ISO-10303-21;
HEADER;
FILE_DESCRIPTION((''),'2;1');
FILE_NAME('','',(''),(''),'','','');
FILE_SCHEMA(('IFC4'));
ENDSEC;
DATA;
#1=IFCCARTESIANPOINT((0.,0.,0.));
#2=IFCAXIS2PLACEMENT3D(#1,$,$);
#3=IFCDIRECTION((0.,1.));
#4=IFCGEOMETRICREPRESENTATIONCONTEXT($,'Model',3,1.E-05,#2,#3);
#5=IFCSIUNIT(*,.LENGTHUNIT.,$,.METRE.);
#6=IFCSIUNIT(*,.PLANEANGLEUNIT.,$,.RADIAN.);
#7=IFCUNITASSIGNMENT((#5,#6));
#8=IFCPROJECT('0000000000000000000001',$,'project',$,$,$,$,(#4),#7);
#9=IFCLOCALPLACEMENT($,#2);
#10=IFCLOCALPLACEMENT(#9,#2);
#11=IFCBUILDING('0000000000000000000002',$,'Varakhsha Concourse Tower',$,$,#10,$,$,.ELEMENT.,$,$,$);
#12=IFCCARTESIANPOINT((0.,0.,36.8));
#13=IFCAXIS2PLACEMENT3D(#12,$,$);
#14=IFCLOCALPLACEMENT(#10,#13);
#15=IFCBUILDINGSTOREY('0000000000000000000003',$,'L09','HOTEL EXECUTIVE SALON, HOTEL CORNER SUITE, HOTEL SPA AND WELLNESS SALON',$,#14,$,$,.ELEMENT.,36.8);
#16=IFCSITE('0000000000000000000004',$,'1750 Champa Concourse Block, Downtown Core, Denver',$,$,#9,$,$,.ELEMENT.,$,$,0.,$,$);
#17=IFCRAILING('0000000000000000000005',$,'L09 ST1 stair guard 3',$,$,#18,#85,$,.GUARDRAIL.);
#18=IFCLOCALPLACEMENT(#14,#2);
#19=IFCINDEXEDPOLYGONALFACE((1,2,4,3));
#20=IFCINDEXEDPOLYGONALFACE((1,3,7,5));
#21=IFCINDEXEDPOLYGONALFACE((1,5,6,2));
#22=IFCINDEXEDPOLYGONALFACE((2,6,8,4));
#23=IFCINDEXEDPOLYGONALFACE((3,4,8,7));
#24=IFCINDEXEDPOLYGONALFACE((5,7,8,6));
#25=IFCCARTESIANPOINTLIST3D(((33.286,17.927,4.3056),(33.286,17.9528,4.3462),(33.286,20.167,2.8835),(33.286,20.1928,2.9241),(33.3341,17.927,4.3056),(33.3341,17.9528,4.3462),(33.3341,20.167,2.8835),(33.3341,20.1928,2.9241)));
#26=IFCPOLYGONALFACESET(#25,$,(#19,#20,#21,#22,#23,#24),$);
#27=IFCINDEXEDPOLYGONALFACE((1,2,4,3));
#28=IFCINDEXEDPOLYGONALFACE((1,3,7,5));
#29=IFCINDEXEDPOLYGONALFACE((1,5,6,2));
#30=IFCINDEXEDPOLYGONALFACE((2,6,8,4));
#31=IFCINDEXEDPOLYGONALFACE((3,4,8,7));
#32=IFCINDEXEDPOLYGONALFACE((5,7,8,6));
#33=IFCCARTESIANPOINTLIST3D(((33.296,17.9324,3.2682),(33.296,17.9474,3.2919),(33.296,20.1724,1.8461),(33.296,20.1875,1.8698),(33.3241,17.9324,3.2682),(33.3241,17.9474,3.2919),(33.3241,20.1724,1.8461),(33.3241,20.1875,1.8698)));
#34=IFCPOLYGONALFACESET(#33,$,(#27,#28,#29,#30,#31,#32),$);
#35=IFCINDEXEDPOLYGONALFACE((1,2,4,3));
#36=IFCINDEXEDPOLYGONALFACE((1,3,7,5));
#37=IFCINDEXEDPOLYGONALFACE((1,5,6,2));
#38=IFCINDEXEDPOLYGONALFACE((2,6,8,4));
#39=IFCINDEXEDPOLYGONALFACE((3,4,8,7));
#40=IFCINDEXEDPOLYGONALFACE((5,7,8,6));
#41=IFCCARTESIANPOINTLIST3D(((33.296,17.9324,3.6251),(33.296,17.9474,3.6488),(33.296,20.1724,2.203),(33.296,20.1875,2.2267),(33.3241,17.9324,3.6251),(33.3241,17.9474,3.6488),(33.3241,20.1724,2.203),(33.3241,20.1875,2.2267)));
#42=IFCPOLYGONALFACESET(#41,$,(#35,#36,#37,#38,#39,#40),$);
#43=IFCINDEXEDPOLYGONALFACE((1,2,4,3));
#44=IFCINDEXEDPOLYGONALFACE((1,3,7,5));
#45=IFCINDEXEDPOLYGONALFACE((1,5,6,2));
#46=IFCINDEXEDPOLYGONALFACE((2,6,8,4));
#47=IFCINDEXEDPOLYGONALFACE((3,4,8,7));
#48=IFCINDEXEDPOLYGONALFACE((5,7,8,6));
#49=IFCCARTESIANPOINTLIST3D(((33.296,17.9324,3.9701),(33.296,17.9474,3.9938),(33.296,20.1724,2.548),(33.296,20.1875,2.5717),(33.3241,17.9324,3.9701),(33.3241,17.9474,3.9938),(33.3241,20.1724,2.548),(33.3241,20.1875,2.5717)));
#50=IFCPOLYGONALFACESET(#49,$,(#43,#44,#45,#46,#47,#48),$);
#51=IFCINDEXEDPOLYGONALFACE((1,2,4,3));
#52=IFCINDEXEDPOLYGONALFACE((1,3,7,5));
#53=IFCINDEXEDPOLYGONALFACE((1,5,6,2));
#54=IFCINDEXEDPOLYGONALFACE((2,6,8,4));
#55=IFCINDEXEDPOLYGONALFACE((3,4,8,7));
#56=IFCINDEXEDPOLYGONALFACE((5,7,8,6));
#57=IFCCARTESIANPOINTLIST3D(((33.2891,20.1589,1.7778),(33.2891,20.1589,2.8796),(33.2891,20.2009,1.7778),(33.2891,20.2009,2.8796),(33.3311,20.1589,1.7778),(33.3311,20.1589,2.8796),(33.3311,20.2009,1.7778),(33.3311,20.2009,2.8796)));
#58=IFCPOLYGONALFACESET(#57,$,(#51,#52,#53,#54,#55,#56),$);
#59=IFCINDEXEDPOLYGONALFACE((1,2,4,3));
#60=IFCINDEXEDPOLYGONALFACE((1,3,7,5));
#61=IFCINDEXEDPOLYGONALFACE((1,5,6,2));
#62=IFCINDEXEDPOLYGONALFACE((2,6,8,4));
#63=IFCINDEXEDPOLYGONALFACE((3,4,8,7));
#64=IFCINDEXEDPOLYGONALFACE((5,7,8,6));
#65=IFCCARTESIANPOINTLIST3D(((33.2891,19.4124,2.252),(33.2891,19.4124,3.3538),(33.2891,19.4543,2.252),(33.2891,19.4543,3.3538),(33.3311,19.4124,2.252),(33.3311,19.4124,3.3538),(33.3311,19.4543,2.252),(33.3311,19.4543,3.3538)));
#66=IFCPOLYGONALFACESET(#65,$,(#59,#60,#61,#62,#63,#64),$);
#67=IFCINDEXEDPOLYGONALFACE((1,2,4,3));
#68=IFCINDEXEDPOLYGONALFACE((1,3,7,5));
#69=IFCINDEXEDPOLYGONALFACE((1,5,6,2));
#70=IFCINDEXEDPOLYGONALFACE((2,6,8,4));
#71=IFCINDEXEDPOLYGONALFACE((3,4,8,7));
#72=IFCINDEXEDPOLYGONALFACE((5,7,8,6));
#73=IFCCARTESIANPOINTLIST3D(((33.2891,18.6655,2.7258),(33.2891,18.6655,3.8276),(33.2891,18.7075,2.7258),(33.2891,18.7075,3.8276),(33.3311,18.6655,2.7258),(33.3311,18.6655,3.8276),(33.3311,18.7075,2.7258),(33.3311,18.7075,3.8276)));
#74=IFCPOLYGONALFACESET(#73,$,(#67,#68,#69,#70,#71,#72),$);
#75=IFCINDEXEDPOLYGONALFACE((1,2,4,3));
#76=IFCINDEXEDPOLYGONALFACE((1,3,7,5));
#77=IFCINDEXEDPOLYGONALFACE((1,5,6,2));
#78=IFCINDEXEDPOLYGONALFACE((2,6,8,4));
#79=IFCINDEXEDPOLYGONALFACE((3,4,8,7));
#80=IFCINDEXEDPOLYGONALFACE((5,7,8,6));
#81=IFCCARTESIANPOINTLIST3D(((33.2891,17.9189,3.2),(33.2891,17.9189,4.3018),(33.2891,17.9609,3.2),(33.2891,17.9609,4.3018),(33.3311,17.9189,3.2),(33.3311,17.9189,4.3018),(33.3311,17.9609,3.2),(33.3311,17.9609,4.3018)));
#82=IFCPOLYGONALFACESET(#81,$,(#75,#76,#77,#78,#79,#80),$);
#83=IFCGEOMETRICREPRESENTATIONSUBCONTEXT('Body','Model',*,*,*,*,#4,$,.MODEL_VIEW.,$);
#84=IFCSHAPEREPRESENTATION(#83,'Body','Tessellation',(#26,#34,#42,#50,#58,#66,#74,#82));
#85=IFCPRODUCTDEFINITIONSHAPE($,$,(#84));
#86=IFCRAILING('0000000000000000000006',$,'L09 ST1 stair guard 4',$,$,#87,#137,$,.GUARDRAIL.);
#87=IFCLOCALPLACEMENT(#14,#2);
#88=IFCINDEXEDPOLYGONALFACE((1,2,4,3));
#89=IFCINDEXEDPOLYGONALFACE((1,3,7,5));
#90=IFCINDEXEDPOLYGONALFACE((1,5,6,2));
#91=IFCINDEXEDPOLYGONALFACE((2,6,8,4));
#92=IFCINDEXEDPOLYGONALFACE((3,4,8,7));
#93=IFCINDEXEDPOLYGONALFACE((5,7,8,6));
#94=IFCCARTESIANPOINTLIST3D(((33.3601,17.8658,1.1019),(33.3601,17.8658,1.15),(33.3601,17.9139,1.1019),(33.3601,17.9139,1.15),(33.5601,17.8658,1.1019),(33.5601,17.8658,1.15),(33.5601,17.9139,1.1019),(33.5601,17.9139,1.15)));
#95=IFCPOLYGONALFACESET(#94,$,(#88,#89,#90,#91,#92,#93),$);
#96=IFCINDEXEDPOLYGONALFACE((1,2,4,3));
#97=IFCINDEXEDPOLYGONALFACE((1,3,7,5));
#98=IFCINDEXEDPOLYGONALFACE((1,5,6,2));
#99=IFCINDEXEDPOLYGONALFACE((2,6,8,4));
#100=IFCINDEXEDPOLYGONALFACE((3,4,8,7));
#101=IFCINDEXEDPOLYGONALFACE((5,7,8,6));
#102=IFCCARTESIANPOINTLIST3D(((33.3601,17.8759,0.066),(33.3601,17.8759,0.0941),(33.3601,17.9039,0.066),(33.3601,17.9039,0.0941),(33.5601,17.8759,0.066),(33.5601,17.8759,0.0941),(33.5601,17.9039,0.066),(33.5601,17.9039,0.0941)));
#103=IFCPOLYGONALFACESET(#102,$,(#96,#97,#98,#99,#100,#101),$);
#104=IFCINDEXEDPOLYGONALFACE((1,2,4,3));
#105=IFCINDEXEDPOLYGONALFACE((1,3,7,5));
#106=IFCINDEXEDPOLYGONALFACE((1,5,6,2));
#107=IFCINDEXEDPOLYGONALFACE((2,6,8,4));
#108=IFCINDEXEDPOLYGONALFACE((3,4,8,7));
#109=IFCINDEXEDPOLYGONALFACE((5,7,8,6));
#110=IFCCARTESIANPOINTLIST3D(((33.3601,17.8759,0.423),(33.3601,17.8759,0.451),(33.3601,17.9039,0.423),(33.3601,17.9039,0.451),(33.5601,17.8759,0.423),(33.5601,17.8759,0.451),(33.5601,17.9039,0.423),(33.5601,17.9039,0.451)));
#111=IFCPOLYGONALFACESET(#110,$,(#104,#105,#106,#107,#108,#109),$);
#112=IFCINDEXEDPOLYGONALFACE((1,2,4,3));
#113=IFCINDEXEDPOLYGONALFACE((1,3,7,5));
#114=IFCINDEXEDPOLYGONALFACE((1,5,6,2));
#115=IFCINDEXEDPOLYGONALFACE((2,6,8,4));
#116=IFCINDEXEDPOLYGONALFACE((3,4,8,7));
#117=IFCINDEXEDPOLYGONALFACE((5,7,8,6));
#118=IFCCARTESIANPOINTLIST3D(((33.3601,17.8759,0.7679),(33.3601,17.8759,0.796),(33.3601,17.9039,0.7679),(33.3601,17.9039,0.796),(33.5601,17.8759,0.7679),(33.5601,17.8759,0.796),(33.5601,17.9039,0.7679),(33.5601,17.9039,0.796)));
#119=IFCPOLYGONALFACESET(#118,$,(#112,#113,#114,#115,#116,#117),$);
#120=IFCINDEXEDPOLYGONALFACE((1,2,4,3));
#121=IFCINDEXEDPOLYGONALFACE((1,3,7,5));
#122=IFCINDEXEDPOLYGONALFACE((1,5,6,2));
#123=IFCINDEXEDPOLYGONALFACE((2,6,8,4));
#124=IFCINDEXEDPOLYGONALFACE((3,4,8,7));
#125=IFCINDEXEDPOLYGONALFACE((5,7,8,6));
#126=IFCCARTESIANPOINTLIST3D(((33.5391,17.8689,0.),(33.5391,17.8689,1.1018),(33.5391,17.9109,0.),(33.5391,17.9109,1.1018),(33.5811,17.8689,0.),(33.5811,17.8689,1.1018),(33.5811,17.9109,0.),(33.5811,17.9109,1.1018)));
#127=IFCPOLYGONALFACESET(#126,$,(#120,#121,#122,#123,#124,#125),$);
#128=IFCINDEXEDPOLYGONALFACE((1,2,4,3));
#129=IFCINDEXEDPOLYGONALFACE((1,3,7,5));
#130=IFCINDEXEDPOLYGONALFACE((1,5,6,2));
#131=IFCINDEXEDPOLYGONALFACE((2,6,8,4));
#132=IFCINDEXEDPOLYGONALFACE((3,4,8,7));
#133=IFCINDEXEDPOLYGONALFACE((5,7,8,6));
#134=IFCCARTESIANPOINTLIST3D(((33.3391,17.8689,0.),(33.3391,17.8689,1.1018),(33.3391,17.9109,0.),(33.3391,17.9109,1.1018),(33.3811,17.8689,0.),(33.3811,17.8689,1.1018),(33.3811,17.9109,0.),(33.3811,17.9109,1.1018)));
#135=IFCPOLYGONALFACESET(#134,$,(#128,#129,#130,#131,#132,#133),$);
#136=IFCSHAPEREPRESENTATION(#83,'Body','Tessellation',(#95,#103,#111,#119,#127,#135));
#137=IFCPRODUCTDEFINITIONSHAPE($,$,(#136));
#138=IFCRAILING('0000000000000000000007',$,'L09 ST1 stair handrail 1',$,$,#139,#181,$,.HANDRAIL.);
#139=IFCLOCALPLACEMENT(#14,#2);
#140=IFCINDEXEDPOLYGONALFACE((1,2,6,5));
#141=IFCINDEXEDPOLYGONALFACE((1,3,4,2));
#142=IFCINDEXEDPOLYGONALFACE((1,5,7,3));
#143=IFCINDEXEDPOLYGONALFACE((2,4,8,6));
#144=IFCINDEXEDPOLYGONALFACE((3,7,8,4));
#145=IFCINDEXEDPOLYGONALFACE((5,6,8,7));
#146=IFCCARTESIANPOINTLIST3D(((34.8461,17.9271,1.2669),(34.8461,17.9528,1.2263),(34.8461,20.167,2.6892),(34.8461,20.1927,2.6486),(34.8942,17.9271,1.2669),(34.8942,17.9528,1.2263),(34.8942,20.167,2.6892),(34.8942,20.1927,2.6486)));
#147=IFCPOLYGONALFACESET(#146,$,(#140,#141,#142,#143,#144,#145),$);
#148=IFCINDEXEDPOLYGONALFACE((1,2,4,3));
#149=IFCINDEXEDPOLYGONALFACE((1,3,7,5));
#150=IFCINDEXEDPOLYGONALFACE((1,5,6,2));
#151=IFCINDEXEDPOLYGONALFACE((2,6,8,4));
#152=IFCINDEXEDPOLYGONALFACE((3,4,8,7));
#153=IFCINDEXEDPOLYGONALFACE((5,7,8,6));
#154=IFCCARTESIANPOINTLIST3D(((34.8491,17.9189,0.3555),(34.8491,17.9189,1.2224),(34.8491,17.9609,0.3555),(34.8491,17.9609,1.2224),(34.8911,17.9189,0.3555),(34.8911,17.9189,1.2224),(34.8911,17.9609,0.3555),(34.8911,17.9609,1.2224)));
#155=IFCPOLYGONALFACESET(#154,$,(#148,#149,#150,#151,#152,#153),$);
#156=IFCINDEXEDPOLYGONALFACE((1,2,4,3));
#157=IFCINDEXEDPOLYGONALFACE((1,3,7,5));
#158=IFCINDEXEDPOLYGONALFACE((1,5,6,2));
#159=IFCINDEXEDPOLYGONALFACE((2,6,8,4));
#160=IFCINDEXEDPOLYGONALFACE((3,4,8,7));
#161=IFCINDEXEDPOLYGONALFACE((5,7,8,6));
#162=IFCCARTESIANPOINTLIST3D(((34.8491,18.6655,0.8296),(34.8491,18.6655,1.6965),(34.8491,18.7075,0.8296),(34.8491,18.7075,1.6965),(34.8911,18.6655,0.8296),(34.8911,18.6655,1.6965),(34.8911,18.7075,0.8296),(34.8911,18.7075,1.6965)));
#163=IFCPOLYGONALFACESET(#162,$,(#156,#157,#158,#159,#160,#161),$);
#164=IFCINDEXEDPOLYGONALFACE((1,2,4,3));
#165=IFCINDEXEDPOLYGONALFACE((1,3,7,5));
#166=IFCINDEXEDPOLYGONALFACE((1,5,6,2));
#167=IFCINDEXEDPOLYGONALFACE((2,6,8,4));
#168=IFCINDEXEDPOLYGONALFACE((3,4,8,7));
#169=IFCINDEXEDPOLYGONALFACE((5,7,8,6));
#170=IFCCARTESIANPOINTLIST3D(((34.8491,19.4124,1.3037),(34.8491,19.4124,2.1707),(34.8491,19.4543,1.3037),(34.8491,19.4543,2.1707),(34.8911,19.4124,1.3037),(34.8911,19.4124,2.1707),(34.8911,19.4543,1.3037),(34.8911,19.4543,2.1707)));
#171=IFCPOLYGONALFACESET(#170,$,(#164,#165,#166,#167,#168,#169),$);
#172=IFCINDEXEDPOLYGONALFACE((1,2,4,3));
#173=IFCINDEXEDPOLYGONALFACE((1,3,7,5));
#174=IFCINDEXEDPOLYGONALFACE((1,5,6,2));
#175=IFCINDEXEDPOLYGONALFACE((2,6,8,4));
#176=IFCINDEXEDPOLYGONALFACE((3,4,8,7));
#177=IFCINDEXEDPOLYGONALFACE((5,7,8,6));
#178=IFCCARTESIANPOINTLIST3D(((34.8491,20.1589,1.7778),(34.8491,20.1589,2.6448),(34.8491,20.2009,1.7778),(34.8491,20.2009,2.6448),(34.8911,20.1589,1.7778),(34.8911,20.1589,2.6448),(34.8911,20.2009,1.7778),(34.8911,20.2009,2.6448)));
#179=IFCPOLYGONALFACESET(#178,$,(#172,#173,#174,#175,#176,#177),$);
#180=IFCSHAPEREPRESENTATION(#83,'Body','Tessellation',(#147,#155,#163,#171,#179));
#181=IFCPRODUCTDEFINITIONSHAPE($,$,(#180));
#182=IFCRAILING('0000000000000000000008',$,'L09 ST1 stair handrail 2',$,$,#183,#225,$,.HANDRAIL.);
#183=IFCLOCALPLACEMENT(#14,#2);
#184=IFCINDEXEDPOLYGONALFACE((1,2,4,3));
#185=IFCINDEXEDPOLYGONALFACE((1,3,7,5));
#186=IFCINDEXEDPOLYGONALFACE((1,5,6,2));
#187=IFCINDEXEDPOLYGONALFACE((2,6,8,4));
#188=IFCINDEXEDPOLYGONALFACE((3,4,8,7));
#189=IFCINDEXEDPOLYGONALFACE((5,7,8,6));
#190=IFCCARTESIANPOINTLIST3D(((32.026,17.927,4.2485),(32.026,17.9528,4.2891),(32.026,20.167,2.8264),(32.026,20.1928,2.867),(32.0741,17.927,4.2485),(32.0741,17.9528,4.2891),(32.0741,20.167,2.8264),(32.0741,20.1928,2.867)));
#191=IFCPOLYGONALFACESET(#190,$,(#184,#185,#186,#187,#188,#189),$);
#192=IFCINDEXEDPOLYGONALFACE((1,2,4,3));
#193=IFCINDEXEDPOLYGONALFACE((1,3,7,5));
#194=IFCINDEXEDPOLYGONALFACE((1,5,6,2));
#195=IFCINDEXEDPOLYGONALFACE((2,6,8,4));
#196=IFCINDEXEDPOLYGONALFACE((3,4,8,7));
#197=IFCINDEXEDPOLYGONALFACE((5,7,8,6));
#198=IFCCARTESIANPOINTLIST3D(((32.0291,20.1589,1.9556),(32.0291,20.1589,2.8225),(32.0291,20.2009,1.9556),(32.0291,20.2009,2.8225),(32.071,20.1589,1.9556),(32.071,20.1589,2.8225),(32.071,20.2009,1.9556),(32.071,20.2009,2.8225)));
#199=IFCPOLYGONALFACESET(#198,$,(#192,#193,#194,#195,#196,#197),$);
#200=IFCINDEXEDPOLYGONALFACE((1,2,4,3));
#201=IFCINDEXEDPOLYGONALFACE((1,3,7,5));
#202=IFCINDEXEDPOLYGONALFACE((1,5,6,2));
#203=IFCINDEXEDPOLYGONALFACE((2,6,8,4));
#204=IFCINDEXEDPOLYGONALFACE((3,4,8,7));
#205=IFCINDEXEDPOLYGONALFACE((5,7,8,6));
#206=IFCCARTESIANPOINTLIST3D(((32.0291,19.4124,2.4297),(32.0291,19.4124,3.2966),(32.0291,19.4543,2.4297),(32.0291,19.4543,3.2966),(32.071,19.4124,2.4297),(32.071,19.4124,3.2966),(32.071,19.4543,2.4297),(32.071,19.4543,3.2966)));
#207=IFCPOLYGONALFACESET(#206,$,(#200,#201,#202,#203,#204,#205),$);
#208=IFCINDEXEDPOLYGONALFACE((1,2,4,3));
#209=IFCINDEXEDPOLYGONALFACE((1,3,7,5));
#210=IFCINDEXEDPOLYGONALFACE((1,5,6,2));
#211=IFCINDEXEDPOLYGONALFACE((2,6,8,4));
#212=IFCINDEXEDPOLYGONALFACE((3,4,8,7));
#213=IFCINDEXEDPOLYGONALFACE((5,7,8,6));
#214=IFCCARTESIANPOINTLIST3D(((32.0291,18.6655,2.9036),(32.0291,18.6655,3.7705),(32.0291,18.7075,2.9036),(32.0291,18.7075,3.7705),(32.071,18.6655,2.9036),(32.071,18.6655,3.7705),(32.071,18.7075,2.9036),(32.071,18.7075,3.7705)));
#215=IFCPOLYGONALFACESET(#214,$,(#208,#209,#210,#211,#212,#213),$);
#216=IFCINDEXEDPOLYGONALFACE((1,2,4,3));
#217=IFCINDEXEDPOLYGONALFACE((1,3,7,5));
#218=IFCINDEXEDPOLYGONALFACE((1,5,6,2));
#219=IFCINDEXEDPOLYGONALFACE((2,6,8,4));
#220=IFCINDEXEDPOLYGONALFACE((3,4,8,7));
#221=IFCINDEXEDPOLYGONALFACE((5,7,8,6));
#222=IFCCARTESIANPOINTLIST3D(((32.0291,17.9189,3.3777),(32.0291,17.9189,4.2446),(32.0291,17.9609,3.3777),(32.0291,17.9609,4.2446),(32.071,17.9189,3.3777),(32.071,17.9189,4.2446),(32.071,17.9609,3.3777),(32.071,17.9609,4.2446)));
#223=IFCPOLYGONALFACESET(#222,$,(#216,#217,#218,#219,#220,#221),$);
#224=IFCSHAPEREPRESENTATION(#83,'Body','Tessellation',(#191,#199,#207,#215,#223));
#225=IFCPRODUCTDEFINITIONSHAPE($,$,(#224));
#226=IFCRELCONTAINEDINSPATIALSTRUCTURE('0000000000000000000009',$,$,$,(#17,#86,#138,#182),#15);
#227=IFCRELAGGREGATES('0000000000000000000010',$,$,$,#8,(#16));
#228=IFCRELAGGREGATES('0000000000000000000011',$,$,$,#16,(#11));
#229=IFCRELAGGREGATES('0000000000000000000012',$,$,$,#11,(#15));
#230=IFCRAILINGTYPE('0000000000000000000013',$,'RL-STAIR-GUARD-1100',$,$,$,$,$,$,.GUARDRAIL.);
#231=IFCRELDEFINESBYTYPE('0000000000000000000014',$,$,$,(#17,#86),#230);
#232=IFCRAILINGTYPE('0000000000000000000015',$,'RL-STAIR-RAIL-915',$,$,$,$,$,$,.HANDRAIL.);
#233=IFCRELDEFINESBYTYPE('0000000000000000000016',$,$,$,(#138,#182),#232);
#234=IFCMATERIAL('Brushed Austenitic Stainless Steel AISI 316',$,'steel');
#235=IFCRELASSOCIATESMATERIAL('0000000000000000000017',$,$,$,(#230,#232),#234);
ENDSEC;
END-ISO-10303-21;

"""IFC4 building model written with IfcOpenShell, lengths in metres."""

from ifc_helpers import new_model, si_unit, direction, frame, origin, origin_2d, place, context, subcontext, project, spatial, rectangle, extrude, material, type_object, element, save


model = new_model("IFC4")

# Units and contexts
model_context = context("Model", 3, precision=1e-05, world=origin(), true_north=direction((0.0, 1.0)))
body_context = subcontext(model_context, "Body", "Model", "MODEL_VIEW")
ifc_project = project(units=[si_unit("LENGTHUNIT", "METRE"), si_unit("PLANEANGLEUNIT", "RADIAN")], contexts=[model_context])

# Site, building, storey
site_placement = place(None, origin())
site = spatial("IfcSite", under=ifc_project, at=site_placement, Name="1750 Champa Concourse Block, Downtown Core, Denver", CompositionType="ELEMENT", RefElevation=0.0)
building_placement = place(site_placement, origin())
building = spatial("IfcBuilding", under=site, at=building_placement, Name="Varakhsha Concourse Tower", CompositionType="ELEMENT")
storey_placement = place(building_placement, frame((0.0, 0.0, 36.8)))
storey = spatial("IfcBuildingStorey", under=building, at=storey_placement, Name="L09", Description="HOTEL EXECUTIVE SALON, HOTEL CORNER SUITE, HOTEL SPA AND WELLNESS SALON", CompositionType="ELEMENT", Elevation=36.8)

# Railings
ifc_material_1 = material(Name="Brushed Austenitic Stainless Steel AISI 316", Category="steel")
railing_type_1 = type_object("IfcRailingType", Name="RL-STAIR-GUARD-1100", PredefinedType="GUARDRAIL", material=ifc_material_1)
railing_1_placement = place(storey_placement, frame((33.3101, 20.1799, 1.7778)))
element("IfcRailing", 1, at=railing_1_placement, inside=storey, type_object=railing_type_1, Name="L09 ST1 stair guard 3", PredefinedType="GUARDRAIL", context=body_context, shape_type="SweptSolid", body=[
    extrude(rectangle(XDim=0.0481, YDim=0.0481, at=origin_2d()), frame((0.0, 0.0, 1.126), z_axis=(0.0, -0.844229, 0.535982), x_axis=(1.0, 0.0, 0.0)), (0.0, 0.0, 1.0), 2.6533),
    extrude(rectangle(XDim=0.0281, YDim=0.0281, at=origin_2d()), frame((0.0, 0.0, 0.0801), z_axis=(0.0, -0.844229, 0.535982), x_axis=(1.0, 0.0, 0.0)), (0.0, 0.0, 1.0), 2.6533),
    extrude(rectangle(XDim=0.0281, YDim=0.0281, at=origin_2d()), frame((0.0, 0.0, 0.437), z_axis=(0.0, -0.844229, 0.535982), x_axis=(1.0, 0.0, 0.0)), (0.0, 0.0, 1.0), 2.6533),
    extrude(rectangle(XDim=0.0281, YDim=0.0281, at=origin_2d()), frame((0.0, 0.0, 0.782), z_axis=(0.0, -0.844229, 0.535982), x_axis=(1.0, 0.0, 0.0)), (0.0, 0.0, 1.0), 2.6533),
    extrude(rectangle(XDim=0.042, YDim=0.042, at=origin_2d()), origin(), (0.0, 0.0, 1.0), 1.1018),
    extrude(rectangle(XDim=0.042, YDim=0.042, at=origin_2d()), frame((0.0, -0.7466, 0.4741)), (0.0, 0.0, 1.0), 1.1018),
    extrude(rectangle(XDim=0.042, YDim=0.042, at=origin_2d()), frame((0.0, -1.4934, 0.948)), (0.0, 0.0, 1.0), 1.1018),
    extrude(rectangle(XDim=0.042, YDim=0.042, at=origin_2d()), frame((0.0, -2.24, 1.4221)), (0.0, 0.0, 1.0), 1.1018),
])
railing_2_placement = place(storey_placement, frame((33.5601, 17.8899, 0.0)))
element("IfcRailing", 2, at=railing_2_placement, inside=storey, type_object=railing_type_1, Name="L09 ST1 stair guard 4", PredefinedType="GUARDRAIL", context=body_context, shape_type="SweptSolid", body=[
    extrude(rectangle(XDim=0.0481, YDim=0.0481, at=origin_2d()), frame((0.0, 0.0, 1.126), z_axis=(-1.0, 0.0, 0.0), x_axis=(0.0, -1.0, 0.0)), (0.0, 0.0, 1.0), 0.2),
    extrude(rectangle(XDim=0.0281, YDim=0.0281, at=origin_2d()), frame((0.0, 0.0, 0.0801), z_axis=(-1.0, 0.0, 0.0), x_axis=(0.0, -1.0, 0.0)), (0.0, 0.0, 1.0), 0.2),
    extrude(rectangle(XDim=0.0281, YDim=0.0281, at=origin_2d()), frame((0.0, 0.0, 0.437), z_axis=(-1.0, 0.0, 0.0), x_axis=(0.0, -1.0, 0.0)), (0.0, 0.0, 1.0), 0.2),
    extrude(rectangle(XDim=0.0281, YDim=0.0281, at=origin_2d()), frame((0.0, 0.0, 0.782), z_axis=(-1.0, 0.0, 0.0), x_axis=(0.0, -1.0, 0.0)), (0.0, 0.0, 1.0), 0.2),
    extrude(rectangle(XDim=0.042, YDim=0.042, at=origin_2d()), origin(), (0.0, 0.0, 1.0), 1.1018),
    extrude(rectangle(XDim=0.042, YDim=0.042, at=origin_2d()), frame((-0.2, 0.0, 0.0)), (0.0, 0.0, 1.0), 1.1018),
])
railing_type_2 = type_object("IfcRailingType", Name="RL-STAIR-RAIL-915", PredefinedType="HANDRAIL", material=ifc_material_1)
railing_3_placement = place(storey_placement, frame((34.8701, 17.9399, 0.3555)))
element("IfcRailing", 3, at=railing_3_placement, inside=storey, type_object=railing_type_2, Name="L09 ST1 stair handrail 1", PredefinedType="HANDRAIL", context=body_context, shape_type="SweptSolid", body=[
    extrude(rectangle(XDim=0.0481, YDim=0.0481, at=origin_2d()), frame((0.0, 0.0, 0.8911), z_axis=(0.0, 0.844188, 0.536048), x_axis=(-1.0, 0.0, 0.0)), (0.0, 0.0, 1.0), 2.6533),
    extrude(rectangle(XDim=0.042, YDim=0.042, at=origin_2d()), origin(), (0.0, 0.0, 1.0), 0.8669),
    extrude(rectangle(XDim=0.042, YDim=0.042, at=origin_2d()), frame((0.0, 0.7466, 0.4741)), (0.0, 0.0, 1.0), 0.8669),
    extrude(rectangle(XDim=0.042, YDim=0.042, at=origin_2d()), frame((0.0, 1.4934, 0.9482)), (0.0, 0.0, 1.0), 0.8669),
    extrude(rectangle(XDim=0.042, YDim=0.042, at=origin_2d()), frame((0.0, 2.24, 1.4224)), (0.0, 0.0, 1.0), 0.8669),
])
railing_4_placement = place(storey_placement, frame((32.05, 20.1799, 1.9556)))
element("IfcRailing", 4, at=railing_4_placement, inside=storey, type_object=railing_type_2, Name="L09 ST1 stair handrail 2", PredefinedType="HANDRAIL", context=body_context, shape_type="SweptSolid", body=[
    extrude(rectangle(XDim=0.0481, YDim=0.0481, at=origin_2d()), frame((0.0, 0.0, 0.8911), z_axis=(0.0, -0.844229, 0.535982), x_axis=(1.0, 0.0, 0.0)), (0.0, 0.0, 1.0), 2.6533),
    extrude(rectangle(XDim=0.042, YDim=0.042, at=origin_2d()), origin(), (0.0, 0.0, 1.0), 0.8669),
    extrude(rectangle(XDim=0.042, YDim=0.042, at=origin_2d()), frame((0.0, -0.7466, 0.4741)), (0.0, 0.0, 1.0), 0.8669),
    extrude(rectangle(XDim=0.042, YDim=0.042, at=origin_2d()), frame((0.0, -1.4934, 0.948)), (0.0, 0.0, 1.0), 0.8669),
    extrude(rectangle(XDim=0.042, YDim=0.042, at=origin_2d()), frame((0.0, -2.24, 1.4221)), (0.0, 0.0, 1.0), 0.8669),
])

save(model, "model.ifc")
